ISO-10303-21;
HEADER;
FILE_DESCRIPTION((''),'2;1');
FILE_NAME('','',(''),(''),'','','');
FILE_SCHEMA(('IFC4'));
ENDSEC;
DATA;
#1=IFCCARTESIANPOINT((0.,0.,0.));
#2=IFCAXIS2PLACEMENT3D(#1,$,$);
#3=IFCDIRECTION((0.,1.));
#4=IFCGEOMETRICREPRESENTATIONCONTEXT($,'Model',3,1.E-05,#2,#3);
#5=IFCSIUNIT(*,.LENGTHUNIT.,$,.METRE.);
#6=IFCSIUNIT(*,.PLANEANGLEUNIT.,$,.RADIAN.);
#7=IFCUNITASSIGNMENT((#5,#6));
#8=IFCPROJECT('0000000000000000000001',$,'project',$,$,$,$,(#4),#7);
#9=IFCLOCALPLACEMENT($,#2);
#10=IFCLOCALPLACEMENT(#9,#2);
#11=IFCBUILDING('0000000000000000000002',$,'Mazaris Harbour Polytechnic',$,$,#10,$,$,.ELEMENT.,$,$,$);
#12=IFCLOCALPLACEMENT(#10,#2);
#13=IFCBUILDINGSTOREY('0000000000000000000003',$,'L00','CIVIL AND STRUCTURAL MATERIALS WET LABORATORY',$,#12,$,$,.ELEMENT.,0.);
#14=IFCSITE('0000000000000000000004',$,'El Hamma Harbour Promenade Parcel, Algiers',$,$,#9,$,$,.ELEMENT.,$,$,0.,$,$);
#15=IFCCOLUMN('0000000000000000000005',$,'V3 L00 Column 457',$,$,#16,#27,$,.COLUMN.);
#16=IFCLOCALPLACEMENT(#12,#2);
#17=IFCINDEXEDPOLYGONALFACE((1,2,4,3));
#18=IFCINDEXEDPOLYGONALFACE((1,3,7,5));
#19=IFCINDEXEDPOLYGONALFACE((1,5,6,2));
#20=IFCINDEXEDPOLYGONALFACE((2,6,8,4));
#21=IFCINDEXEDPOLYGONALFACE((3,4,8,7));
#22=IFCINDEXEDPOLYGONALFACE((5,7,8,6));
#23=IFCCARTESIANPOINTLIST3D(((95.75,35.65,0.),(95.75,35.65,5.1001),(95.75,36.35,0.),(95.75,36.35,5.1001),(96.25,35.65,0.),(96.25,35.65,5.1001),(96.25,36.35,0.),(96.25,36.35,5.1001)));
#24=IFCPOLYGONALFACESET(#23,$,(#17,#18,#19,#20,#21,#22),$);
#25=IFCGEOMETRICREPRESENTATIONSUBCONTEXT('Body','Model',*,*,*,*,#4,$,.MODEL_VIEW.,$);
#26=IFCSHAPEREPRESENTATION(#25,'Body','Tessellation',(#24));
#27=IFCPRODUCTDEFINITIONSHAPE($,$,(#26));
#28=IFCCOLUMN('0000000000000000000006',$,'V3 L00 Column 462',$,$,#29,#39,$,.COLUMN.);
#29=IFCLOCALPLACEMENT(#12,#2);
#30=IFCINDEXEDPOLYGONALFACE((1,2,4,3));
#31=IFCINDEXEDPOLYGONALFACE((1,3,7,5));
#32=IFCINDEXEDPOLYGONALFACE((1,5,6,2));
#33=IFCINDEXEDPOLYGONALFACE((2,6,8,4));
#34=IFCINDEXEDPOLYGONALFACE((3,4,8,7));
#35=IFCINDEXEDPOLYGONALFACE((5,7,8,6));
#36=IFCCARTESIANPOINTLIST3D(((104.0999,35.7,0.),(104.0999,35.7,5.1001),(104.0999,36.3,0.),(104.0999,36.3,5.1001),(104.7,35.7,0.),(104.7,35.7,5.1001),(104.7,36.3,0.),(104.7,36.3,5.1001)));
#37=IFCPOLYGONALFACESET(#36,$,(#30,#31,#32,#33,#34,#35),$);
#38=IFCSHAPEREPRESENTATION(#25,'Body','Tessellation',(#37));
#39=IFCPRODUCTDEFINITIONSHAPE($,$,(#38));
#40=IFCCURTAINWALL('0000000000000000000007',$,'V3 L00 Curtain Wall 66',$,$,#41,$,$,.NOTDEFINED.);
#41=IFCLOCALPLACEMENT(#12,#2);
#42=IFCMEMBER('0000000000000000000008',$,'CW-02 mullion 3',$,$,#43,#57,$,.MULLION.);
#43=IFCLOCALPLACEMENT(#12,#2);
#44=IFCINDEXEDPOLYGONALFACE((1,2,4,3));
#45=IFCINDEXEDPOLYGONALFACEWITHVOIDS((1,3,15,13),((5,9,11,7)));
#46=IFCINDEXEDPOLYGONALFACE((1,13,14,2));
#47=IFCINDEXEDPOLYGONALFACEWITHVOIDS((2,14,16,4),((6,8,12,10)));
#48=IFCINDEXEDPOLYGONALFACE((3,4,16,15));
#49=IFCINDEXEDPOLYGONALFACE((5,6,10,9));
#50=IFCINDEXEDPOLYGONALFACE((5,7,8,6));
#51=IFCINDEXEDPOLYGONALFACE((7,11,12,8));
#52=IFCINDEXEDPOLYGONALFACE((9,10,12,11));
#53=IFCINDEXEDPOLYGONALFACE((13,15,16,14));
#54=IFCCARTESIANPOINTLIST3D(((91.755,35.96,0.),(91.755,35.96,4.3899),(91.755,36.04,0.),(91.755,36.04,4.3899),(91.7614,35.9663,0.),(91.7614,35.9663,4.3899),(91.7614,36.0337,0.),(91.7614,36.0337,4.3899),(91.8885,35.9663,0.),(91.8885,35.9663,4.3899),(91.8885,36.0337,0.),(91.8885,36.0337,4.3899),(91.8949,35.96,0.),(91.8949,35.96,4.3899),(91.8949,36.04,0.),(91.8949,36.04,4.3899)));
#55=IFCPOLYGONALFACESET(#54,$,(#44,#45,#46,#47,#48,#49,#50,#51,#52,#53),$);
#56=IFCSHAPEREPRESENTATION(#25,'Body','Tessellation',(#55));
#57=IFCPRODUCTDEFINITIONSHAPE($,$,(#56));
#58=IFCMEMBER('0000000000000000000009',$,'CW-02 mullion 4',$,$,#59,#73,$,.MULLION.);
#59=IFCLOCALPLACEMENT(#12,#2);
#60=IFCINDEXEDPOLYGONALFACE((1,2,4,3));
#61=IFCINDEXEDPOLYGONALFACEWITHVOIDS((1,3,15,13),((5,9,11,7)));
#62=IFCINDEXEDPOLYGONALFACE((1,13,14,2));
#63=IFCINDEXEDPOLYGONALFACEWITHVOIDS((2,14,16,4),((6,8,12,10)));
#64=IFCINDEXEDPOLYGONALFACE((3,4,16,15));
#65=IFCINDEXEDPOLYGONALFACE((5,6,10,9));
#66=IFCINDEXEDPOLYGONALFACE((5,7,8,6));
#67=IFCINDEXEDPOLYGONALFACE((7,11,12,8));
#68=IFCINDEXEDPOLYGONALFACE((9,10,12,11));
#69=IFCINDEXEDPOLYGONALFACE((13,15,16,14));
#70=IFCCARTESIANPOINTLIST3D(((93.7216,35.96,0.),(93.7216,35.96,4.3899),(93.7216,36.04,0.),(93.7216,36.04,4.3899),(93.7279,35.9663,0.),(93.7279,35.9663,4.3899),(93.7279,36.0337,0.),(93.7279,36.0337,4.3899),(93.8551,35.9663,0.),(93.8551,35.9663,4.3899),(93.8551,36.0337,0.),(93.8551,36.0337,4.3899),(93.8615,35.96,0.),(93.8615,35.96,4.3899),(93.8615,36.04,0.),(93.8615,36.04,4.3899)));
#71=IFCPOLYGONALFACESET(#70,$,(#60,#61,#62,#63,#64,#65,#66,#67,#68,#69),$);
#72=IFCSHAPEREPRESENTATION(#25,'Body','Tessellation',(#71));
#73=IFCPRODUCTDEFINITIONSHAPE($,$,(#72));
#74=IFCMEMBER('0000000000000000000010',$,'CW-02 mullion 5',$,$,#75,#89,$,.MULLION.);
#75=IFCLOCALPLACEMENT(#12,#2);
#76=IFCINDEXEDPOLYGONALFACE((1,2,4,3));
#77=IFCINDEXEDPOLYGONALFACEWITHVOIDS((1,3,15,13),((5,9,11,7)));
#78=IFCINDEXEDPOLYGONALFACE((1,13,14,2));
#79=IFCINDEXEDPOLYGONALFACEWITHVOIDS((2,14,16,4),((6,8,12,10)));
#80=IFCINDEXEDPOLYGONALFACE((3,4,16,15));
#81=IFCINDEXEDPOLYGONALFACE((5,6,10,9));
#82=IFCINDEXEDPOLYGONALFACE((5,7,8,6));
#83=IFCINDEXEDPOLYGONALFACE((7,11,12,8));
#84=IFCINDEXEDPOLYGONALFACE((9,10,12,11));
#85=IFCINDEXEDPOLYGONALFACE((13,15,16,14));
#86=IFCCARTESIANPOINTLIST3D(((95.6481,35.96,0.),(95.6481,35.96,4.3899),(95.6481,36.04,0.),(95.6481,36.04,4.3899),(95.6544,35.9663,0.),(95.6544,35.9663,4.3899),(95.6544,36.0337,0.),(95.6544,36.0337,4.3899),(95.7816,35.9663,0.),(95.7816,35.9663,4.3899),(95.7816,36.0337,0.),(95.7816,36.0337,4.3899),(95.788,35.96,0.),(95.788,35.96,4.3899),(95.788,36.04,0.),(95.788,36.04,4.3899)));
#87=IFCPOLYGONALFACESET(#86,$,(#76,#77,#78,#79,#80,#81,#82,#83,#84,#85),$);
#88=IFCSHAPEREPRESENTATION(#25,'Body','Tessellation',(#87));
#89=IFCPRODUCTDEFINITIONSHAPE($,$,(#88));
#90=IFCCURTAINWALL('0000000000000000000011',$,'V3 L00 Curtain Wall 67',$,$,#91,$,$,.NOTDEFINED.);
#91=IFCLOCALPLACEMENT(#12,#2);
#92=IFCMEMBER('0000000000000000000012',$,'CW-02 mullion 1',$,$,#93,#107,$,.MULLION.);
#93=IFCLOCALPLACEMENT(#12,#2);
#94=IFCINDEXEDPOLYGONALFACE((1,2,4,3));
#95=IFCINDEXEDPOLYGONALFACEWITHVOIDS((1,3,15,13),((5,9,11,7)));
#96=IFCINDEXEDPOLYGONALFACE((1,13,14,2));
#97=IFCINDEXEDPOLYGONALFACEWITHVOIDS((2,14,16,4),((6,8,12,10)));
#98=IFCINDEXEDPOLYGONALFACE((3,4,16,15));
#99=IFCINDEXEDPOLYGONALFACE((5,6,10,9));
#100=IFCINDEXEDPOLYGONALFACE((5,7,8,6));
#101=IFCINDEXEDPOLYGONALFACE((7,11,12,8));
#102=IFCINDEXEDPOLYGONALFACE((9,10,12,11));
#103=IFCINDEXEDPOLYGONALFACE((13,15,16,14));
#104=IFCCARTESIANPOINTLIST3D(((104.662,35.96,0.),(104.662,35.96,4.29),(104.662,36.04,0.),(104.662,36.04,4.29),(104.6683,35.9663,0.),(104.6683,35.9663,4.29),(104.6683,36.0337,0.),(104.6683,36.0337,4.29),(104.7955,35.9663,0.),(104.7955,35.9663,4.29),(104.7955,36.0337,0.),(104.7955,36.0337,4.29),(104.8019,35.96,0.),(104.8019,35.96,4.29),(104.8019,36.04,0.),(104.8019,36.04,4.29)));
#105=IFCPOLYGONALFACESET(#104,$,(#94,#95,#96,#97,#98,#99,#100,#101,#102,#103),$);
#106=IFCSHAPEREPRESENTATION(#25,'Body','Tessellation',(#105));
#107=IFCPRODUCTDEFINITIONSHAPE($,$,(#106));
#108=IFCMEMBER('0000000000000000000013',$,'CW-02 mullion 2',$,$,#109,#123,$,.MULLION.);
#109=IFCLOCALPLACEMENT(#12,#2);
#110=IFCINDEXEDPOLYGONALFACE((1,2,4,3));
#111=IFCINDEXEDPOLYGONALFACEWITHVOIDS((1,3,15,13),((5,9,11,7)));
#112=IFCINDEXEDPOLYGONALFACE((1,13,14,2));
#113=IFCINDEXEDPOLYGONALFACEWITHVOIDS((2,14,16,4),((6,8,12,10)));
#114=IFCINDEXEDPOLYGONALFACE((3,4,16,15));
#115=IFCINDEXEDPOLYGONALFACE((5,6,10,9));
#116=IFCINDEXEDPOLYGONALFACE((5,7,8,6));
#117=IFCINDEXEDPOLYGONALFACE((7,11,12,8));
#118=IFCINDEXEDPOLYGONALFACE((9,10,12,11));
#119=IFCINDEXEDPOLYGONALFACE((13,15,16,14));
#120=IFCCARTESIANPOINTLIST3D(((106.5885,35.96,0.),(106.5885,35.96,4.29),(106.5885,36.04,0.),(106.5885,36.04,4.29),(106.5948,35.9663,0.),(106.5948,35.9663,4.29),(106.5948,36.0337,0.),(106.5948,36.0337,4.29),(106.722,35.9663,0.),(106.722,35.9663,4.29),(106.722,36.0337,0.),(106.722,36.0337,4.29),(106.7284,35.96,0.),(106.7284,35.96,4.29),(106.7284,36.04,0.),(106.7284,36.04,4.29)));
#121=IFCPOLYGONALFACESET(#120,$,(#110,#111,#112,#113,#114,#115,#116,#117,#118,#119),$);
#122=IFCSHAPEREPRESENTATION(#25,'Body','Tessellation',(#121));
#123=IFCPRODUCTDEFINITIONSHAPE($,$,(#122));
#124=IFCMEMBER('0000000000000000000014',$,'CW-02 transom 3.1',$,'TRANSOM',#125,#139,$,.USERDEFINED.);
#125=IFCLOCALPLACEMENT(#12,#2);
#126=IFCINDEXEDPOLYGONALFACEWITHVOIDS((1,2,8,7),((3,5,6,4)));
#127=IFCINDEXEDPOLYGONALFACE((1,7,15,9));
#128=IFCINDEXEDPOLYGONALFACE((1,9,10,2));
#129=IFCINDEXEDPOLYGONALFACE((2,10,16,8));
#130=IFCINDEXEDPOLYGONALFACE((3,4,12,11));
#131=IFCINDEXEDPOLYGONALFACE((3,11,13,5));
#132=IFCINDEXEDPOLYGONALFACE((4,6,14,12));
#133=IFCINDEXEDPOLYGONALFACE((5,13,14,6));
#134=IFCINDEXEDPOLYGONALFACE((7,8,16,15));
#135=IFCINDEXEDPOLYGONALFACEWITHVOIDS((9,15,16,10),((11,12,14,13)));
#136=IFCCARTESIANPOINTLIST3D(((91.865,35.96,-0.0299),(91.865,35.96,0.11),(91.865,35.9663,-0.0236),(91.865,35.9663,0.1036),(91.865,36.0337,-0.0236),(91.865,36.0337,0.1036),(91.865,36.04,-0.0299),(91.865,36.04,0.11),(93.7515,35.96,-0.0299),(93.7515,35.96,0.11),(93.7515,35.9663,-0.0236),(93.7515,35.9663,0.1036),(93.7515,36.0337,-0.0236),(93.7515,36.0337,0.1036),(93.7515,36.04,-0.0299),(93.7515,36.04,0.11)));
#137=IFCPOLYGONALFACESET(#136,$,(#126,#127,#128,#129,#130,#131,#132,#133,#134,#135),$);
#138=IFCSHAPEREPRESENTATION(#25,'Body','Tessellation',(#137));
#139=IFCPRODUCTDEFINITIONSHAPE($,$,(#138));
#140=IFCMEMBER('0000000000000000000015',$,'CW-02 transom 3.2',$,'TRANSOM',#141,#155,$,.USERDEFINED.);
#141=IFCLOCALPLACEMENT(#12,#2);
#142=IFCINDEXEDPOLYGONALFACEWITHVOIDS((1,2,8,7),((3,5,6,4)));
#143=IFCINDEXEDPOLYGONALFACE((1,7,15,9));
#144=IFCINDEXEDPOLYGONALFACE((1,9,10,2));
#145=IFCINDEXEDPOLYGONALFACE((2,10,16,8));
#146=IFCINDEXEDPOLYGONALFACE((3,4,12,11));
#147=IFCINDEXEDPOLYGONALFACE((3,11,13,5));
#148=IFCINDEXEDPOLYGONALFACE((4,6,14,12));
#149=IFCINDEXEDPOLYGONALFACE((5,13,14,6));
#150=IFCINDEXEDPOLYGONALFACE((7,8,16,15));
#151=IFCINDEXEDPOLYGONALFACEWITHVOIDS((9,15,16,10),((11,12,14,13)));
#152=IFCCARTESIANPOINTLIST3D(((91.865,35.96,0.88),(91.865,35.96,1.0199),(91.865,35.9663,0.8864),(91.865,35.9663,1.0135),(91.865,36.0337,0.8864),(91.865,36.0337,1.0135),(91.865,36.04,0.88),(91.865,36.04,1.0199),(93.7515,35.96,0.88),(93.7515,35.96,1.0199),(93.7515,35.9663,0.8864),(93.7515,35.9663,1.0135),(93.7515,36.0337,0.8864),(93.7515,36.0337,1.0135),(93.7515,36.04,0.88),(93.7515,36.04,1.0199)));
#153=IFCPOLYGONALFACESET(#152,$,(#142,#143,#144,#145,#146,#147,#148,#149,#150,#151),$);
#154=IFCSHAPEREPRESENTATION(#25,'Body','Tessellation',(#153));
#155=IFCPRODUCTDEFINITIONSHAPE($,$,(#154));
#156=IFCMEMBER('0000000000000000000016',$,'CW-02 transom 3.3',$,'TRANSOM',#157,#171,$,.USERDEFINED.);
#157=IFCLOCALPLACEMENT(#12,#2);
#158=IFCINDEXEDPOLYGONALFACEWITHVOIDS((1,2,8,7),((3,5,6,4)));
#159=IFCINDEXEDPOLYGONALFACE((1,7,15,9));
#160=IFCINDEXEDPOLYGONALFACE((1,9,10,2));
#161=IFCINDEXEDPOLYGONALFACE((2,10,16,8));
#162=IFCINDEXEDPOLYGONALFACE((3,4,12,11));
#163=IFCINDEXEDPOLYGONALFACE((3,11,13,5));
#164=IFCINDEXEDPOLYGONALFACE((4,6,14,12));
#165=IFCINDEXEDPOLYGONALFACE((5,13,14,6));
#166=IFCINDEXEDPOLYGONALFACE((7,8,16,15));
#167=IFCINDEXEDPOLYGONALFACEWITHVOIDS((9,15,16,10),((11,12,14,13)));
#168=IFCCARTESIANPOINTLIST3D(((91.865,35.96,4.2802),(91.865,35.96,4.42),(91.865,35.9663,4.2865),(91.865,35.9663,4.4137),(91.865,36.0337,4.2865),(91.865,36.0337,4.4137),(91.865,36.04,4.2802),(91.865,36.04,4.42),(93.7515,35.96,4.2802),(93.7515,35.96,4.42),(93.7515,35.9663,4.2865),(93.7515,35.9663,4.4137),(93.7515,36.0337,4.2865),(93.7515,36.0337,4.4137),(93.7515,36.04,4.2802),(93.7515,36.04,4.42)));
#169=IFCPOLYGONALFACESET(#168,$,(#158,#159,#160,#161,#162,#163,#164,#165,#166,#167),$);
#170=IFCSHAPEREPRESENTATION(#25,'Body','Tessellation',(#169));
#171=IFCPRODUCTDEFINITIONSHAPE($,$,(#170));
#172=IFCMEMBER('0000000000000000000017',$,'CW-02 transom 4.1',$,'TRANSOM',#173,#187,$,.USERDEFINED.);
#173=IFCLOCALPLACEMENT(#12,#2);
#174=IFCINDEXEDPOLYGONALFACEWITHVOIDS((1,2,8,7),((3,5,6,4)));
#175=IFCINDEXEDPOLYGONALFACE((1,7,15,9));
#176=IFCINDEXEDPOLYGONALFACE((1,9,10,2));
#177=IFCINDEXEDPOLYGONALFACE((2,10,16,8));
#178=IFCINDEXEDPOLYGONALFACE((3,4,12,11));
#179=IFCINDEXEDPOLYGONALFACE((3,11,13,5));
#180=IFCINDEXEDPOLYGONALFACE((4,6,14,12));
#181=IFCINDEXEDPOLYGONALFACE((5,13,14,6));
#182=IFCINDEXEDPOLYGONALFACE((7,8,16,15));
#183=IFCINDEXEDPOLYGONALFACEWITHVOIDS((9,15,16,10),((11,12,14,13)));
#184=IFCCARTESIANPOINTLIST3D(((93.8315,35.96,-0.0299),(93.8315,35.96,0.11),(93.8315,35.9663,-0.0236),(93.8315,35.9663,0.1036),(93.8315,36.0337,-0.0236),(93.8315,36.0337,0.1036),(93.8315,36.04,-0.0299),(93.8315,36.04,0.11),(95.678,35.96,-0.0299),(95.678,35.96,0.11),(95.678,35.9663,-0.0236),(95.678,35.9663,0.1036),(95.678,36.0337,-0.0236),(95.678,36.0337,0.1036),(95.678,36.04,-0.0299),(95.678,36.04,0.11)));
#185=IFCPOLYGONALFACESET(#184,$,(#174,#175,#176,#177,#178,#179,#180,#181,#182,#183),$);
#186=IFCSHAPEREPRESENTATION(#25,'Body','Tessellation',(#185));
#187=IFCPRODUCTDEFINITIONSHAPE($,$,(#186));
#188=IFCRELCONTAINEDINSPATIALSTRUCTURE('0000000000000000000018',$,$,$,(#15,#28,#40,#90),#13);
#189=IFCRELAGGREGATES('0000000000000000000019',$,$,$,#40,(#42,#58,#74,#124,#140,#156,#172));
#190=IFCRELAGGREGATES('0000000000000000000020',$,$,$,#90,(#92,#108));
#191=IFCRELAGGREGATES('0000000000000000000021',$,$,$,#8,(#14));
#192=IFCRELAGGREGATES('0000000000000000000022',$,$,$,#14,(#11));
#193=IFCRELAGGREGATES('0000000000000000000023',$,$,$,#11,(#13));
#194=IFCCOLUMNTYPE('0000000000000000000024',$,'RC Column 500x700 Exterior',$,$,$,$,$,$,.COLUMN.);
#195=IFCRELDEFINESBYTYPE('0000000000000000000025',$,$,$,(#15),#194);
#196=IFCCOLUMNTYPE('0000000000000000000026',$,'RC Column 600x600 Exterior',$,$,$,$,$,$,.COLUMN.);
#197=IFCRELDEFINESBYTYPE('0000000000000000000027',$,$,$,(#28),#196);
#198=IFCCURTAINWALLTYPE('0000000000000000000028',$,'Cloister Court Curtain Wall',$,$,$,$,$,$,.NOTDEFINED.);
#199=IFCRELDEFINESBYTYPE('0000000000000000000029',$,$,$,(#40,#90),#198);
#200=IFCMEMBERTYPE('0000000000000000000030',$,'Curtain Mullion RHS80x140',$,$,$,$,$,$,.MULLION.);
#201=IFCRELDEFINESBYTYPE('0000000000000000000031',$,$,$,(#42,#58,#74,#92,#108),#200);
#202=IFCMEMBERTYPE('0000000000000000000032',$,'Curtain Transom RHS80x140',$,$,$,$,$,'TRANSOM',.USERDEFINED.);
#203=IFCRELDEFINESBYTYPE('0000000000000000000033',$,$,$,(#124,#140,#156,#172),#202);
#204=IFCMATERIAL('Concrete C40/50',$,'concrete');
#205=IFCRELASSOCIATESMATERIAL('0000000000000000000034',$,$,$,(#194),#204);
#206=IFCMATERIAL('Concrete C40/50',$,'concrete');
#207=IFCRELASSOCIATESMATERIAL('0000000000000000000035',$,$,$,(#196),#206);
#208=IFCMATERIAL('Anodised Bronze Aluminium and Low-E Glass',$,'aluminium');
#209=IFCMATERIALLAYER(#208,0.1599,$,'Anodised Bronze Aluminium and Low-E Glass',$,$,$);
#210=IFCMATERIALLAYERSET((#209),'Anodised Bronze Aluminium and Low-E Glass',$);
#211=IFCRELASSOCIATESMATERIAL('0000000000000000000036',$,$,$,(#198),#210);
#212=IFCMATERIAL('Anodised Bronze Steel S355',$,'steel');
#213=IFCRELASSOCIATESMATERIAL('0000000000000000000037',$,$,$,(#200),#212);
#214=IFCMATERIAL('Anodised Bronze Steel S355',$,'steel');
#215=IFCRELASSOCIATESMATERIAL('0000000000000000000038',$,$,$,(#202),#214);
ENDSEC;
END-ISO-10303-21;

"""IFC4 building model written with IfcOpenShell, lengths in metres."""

from ifc_helpers import new_model, si_unit, direction, frame, origin, origin_2d, place, context, subcontext, project, spatial, rectangle, hollow_rectangle, extrude, material, layer, layer_set, material_profile, profile_set, type_object, element, aggregate, save


model = new_model("IFC4")

# Units and contexts
model_context = context("Model", 3, precision=1e-05, world=origin(), true_north=direction((0.0, 1.0)))
body_context = subcontext(model_context, "Body", "Model", "MODEL_VIEW")
ifc_project = project(units=[si_unit("LENGTHUNIT", "METRE"), si_unit("PLANEANGLEUNIT", "RADIAN")], contexts=[model_context])

# Site, building, storey
site_placement = place(None, origin())
site = spatial("IfcSite", under=ifc_project, at=site_placement, Name="El Hamma Harbour Promenade Parcel, Algiers", CompositionType="ELEMENT", RefElevation=0.0)
building_placement = place(site_placement, origin())
building = spatial("IfcBuilding", under=site, at=building_placement, Name="Mazaris Harbour Polytechnic", CompositionType="ELEMENT")
storey_placement = place(building_placement, origin())
storey = spatial("IfcBuildingStorey", under=building, at=storey_placement, Name="L00", Description="CIVIL AND STRUCTURAL MATERIALS WET LABORATORY", CompositionType="ELEMENT", Elevation=0.0)

# Columns
ifc_material_1 = material(Name="Concrete C40/50", Category="concrete")
ifc_material_profile_1 = material_profile(ifc_material_1, rectangle(XDim=0.5, YDim=0.7, at=origin_2d()), Name="RECT500x700")
ifc_profile_set_1 = profile_set([ifc_material_profile_1], Name="Concrete C40/50")
column_type_1 = type_object("IfcColumnType", Name="RC Column 500x700 Exterior", PredefinedType="COLUMN", material=ifc_profile_set_1)
column_1_placement = place(storey_placement, frame((96.0, 36.0, 0.0), z_axis=(0.0, 0.0, 1.0), x_axis=(1.0, 0.0, 0.0)))
element("IfcColumn", 1, at=column_1_placement, inside=storey, type_object=column_type_1, Name="V3 L00 Column 457", PredefinedType="COLUMN", context=body_context, shape_type="SweptSolid", body=[
    extrude(rectangle(XDim=0.5, YDim=0.7, at=origin_2d()), origin(), (0.0, 0.0, 1.0), 5.1001),
])
ifc_material_2 = material(Name="Concrete C40/50", Category="concrete")
ifc_material_profile_2 = material_profile(ifc_material_2, rectangle(XDim=0.6001, YDim=0.6001, at=origin_2d()), Name="RECT600x600")
ifc_profile_set_2 = profile_set([ifc_material_profile_2], Name="Concrete C40/50")
column_type_2 = type_object("IfcColumnType", Name="RC Column 600x600 Exterior", PredefinedType="COLUMN", material=ifc_profile_set_2)
column_2_placement = place(storey_placement, frame((104.3999, 36.0, 0.0), z_axis=(0.0, 0.0, 1.0), x_axis=(1.0, 0.0, 0.0)))
element("IfcColumn", 2, at=column_2_placement, inside=storey, type_object=column_type_2, Name="V3 L00 Column 462", PredefinedType="COLUMN", context=body_context, shape_type="SweptSolid", body=[
    extrude(rectangle(XDim=0.6001, YDim=0.6001, at=origin_2d()), origin(), (0.0, 0.0, 1.0), 5.1001),
])

# Curtain walls, members
ifc_material_3 = material(Name="Anodised Bronze Aluminium and Low-E Glass", Category="aluminium")
ifc_layer_1 = layer(ifc_material_3, 0.1599, Name="Anodised Bronze Aluminium and Low-E Glass")
ifc_layer_set_1 = layer_set([ifc_layer_1], Name="Anodised Bronze Aluminium and Low-E Glass")
curtain_wall_type = type_object("IfcCurtainWallType", Name="Cloister Court Curtain Wall", PredefinedType="NOTDEFINED", material=ifc_layer_set_1)
curtain_wall_1_placement = place(storey_placement, origin())
curtain_wall_1 = element("IfcCurtainWall", 3, at=curtain_wall_1_placement, inside=storey, type_object=curtain_wall_type, Name="V3 L00 Curtain Wall 66", PredefinedType="NOTDEFINED")
ifc_material_4 = material(Name="Anodised Bronze Steel S355", Category="steel")
ifc_material_profile_3 = material_profile(ifc_material_4, hollow_rectangle(XDim=0.0801, YDim=0.1399, WallThickness=0.0063, at=origin_2d()), Name="RHS 80x140x6.3")
ifc_profile_set_3 = profile_set([ifc_material_profile_3], Name="Anodised Bronze Steel S355")
member_type_1 = type_object("IfcMemberType", Name="Curtain Mullion RHS80x140", PredefinedType="MULLION", material=ifc_profile_set_3)
member_1_placement = place(storey_placement, frame((91.825, 36.0, 0.0), z_axis=(0.0, 0.0, 1.0), x_axis=(0.0, 1.0, 0.0)))
member_1 = element("IfcMember", 4, at=member_1_placement, type_object=member_type_1, Name="CW-02 mullion 3", PredefinedType="MULLION", context=body_context, shape_type="SweptSolid", body=[
    extrude(hollow_rectangle(XDim=0.0801, YDim=0.1399, WallThickness=0.0063, at=origin_2d()), origin(), (0.0, 0.0, 1.0), 4.3899),
])
member_2_placement = place(storey_placement, frame((93.7915, 36.0, 0.0), z_axis=(0.0, 0.0, 1.0), x_axis=(0.0, 1.0, 0.0)))
member_2 = element("IfcMember", 5, at=member_2_placement, type_object=member_type_1, Name="CW-02 mullion 4", PredefinedType="MULLION", context=body_context, shape_type="SweptSolid", body=[
    extrude(hollow_rectangle(XDim=0.0801, YDim=0.1399, WallThickness=0.0063, at=origin_2d()), origin(), (0.0, 0.0, 1.0), 4.3899),
])
member_3_placement = place(storey_placement, frame((95.718, 36.0, 0.0), z_axis=(0.0, 0.0, 1.0), x_axis=(0.0, 1.0, 0.0)))
member_3 = element("IfcMember", 6, at=member_3_placement, type_object=member_type_1, Name="CW-02 mullion 5", PredefinedType="MULLION", context=body_context, shape_type="SweptSolid", body=[
    extrude(hollow_rectangle(XDim=0.0801, YDim=0.1399, WallThickness=0.0063, at=origin_2d()), origin(), (0.0, 0.0, 1.0), 4.3899),
])
curtain_wall_2_placement = place(storey_placement, origin())
curtain_wall_2 = element("IfcCurtainWall", 7, at=curtain_wall_2_placement, inside=storey, type_object=curtain_wall_type, Name="V3 L00 Curtain Wall 67", PredefinedType="NOTDEFINED")
member_4_placement = place(storey_placement, frame((104.7319, 36.0, 0.0), z_axis=(0.0, 0.0, 1.0), x_axis=(0.0, 1.0, 0.0)))
member_4 = element("IfcMember", 8, at=member_4_placement, type_object=member_type_1, Name="CW-02 mullion 1", PredefinedType="MULLION", context=body_context, shape_type="SweptSolid", body=[
    extrude(hollow_rectangle(XDim=0.0801, YDim=0.1399, WallThickness=0.0063, at=origin_2d()), origin(), (0.0, 0.0, 1.0), 4.29),
])
member_5_placement = place(storey_placement, frame((106.6584, 36.0, 0.0), z_axis=(0.0, 0.0, 1.0), x_axis=(0.0, 1.0, 0.0)))
member_5 = element("IfcMember", 9, at=member_5_placement, type_object=member_type_1, Name="CW-02 mullion 2", PredefinedType="MULLION", context=body_context, shape_type="SweptSolid", body=[
    extrude(hollow_rectangle(XDim=0.0801, YDim=0.1399, WallThickness=0.0063, at=origin_2d()), origin(), (0.0, 0.0, 1.0), 4.29),
])

# Members
ifc_material_5 = material(Name="Anodised Bronze Steel S355", Category="steel")
ifc_material_profile_4 = material_profile(ifc_material_5, hollow_rectangle(XDim=0.0801, YDim=0.1399, WallThickness=0.0063, at=origin_2d()), Name="RHS 80x140x6.3")
ifc_profile_set_4 = profile_set([ifc_material_profile_4], Name="Anodised Bronze Steel S355")
member_type_2 = type_object("IfcMemberType", Name="Curtain Transom RHS80x140", ElementType="TRANSOM", PredefinedType="USERDEFINED", material=ifc_profile_set_4)
member_6_placement = place(storey_placement, frame((91.865, 36.0, 0.04), z_axis=(1.0, 0.0, 0.0), x_axis=(0.0, 1.0, 0.0)))
member_6 = element("IfcMember", 10, at=member_6_placement, type_object=member_type_2, Name="CW-02 transom 3.1", ObjectType="TRANSOM", PredefinedType="USERDEFINED", context=body_context, shape_type="SweptSolid", body=[
    extrude(hollow_rectangle(XDim=0.0801, YDim=0.1399, WallThickness=0.0063, at=origin_2d()), origin(), (0.0, 0.0, 1.0), 1.8865),
])
member_7_placement = place(storey_placement, frame((91.865, 36.0, 0.95), z_axis=(1.0, 0.0, 0.0), x_axis=(0.0, 1.0, 0.0)))
member_7 = element("IfcMember", 11, at=member_7_placement, type_object=member_type_2, Name="CW-02 transom 3.2", ObjectType="TRANSOM", PredefinedType="USERDEFINED", context=body_context, shape_type="SweptSolid", body=[
    extrude(hollow_rectangle(XDim=0.0801, YDim=0.1399, WallThickness=0.0063, at=origin_2d()), origin(), (0.0, 0.0, 1.0), 1.8865),
])
member_8_placement = place(storey_placement, frame((91.865, 36.0, 4.3501), z_axis=(1.0, 0.0, 0.0), x_axis=(0.0, 1.0, 0.0)))
member_8 = element("IfcMember", 12, at=member_8_placement, type_object=member_type_2, Name="CW-02 transom 3.3", ObjectType="TRANSOM", PredefinedType="USERDEFINED", context=body_context, shape_type="SweptSolid", body=[
    extrude(hollow_rectangle(XDim=0.0801, YDim=0.1399, WallThickness=0.0063, at=origin_2d()), origin(), (0.0, 0.0, 1.0), 1.8865),
])
member_9_placement = place(storey_placement, frame((93.8315, 36.0, 0.04), z_axis=(1.0, 0.0, 0.0), x_axis=(0.0, 1.0, 0.0)))
member_9 = element("IfcMember", 13, at=member_9_placement, type_object=member_type_2, Name="CW-02 transom 4.1", ObjectType="TRANSOM", PredefinedType="USERDEFINED", context=body_context, shape_type="SweptSolid", body=[
    extrude(hollow_rectangle(XDim=0.0801, YDim=0.1399, WallThickness=0.0063, at=origin_2d()), origin(), (0.0, 0.0, 1.0), 1.8464),
])

aggregate(curtain_wall_1, [member_1, member_2, member_3, member_6, member_7, member_8, member_9])
aggregate(curtain_wall_2, [member_4, member_5])

save(model, "model.ifc")
